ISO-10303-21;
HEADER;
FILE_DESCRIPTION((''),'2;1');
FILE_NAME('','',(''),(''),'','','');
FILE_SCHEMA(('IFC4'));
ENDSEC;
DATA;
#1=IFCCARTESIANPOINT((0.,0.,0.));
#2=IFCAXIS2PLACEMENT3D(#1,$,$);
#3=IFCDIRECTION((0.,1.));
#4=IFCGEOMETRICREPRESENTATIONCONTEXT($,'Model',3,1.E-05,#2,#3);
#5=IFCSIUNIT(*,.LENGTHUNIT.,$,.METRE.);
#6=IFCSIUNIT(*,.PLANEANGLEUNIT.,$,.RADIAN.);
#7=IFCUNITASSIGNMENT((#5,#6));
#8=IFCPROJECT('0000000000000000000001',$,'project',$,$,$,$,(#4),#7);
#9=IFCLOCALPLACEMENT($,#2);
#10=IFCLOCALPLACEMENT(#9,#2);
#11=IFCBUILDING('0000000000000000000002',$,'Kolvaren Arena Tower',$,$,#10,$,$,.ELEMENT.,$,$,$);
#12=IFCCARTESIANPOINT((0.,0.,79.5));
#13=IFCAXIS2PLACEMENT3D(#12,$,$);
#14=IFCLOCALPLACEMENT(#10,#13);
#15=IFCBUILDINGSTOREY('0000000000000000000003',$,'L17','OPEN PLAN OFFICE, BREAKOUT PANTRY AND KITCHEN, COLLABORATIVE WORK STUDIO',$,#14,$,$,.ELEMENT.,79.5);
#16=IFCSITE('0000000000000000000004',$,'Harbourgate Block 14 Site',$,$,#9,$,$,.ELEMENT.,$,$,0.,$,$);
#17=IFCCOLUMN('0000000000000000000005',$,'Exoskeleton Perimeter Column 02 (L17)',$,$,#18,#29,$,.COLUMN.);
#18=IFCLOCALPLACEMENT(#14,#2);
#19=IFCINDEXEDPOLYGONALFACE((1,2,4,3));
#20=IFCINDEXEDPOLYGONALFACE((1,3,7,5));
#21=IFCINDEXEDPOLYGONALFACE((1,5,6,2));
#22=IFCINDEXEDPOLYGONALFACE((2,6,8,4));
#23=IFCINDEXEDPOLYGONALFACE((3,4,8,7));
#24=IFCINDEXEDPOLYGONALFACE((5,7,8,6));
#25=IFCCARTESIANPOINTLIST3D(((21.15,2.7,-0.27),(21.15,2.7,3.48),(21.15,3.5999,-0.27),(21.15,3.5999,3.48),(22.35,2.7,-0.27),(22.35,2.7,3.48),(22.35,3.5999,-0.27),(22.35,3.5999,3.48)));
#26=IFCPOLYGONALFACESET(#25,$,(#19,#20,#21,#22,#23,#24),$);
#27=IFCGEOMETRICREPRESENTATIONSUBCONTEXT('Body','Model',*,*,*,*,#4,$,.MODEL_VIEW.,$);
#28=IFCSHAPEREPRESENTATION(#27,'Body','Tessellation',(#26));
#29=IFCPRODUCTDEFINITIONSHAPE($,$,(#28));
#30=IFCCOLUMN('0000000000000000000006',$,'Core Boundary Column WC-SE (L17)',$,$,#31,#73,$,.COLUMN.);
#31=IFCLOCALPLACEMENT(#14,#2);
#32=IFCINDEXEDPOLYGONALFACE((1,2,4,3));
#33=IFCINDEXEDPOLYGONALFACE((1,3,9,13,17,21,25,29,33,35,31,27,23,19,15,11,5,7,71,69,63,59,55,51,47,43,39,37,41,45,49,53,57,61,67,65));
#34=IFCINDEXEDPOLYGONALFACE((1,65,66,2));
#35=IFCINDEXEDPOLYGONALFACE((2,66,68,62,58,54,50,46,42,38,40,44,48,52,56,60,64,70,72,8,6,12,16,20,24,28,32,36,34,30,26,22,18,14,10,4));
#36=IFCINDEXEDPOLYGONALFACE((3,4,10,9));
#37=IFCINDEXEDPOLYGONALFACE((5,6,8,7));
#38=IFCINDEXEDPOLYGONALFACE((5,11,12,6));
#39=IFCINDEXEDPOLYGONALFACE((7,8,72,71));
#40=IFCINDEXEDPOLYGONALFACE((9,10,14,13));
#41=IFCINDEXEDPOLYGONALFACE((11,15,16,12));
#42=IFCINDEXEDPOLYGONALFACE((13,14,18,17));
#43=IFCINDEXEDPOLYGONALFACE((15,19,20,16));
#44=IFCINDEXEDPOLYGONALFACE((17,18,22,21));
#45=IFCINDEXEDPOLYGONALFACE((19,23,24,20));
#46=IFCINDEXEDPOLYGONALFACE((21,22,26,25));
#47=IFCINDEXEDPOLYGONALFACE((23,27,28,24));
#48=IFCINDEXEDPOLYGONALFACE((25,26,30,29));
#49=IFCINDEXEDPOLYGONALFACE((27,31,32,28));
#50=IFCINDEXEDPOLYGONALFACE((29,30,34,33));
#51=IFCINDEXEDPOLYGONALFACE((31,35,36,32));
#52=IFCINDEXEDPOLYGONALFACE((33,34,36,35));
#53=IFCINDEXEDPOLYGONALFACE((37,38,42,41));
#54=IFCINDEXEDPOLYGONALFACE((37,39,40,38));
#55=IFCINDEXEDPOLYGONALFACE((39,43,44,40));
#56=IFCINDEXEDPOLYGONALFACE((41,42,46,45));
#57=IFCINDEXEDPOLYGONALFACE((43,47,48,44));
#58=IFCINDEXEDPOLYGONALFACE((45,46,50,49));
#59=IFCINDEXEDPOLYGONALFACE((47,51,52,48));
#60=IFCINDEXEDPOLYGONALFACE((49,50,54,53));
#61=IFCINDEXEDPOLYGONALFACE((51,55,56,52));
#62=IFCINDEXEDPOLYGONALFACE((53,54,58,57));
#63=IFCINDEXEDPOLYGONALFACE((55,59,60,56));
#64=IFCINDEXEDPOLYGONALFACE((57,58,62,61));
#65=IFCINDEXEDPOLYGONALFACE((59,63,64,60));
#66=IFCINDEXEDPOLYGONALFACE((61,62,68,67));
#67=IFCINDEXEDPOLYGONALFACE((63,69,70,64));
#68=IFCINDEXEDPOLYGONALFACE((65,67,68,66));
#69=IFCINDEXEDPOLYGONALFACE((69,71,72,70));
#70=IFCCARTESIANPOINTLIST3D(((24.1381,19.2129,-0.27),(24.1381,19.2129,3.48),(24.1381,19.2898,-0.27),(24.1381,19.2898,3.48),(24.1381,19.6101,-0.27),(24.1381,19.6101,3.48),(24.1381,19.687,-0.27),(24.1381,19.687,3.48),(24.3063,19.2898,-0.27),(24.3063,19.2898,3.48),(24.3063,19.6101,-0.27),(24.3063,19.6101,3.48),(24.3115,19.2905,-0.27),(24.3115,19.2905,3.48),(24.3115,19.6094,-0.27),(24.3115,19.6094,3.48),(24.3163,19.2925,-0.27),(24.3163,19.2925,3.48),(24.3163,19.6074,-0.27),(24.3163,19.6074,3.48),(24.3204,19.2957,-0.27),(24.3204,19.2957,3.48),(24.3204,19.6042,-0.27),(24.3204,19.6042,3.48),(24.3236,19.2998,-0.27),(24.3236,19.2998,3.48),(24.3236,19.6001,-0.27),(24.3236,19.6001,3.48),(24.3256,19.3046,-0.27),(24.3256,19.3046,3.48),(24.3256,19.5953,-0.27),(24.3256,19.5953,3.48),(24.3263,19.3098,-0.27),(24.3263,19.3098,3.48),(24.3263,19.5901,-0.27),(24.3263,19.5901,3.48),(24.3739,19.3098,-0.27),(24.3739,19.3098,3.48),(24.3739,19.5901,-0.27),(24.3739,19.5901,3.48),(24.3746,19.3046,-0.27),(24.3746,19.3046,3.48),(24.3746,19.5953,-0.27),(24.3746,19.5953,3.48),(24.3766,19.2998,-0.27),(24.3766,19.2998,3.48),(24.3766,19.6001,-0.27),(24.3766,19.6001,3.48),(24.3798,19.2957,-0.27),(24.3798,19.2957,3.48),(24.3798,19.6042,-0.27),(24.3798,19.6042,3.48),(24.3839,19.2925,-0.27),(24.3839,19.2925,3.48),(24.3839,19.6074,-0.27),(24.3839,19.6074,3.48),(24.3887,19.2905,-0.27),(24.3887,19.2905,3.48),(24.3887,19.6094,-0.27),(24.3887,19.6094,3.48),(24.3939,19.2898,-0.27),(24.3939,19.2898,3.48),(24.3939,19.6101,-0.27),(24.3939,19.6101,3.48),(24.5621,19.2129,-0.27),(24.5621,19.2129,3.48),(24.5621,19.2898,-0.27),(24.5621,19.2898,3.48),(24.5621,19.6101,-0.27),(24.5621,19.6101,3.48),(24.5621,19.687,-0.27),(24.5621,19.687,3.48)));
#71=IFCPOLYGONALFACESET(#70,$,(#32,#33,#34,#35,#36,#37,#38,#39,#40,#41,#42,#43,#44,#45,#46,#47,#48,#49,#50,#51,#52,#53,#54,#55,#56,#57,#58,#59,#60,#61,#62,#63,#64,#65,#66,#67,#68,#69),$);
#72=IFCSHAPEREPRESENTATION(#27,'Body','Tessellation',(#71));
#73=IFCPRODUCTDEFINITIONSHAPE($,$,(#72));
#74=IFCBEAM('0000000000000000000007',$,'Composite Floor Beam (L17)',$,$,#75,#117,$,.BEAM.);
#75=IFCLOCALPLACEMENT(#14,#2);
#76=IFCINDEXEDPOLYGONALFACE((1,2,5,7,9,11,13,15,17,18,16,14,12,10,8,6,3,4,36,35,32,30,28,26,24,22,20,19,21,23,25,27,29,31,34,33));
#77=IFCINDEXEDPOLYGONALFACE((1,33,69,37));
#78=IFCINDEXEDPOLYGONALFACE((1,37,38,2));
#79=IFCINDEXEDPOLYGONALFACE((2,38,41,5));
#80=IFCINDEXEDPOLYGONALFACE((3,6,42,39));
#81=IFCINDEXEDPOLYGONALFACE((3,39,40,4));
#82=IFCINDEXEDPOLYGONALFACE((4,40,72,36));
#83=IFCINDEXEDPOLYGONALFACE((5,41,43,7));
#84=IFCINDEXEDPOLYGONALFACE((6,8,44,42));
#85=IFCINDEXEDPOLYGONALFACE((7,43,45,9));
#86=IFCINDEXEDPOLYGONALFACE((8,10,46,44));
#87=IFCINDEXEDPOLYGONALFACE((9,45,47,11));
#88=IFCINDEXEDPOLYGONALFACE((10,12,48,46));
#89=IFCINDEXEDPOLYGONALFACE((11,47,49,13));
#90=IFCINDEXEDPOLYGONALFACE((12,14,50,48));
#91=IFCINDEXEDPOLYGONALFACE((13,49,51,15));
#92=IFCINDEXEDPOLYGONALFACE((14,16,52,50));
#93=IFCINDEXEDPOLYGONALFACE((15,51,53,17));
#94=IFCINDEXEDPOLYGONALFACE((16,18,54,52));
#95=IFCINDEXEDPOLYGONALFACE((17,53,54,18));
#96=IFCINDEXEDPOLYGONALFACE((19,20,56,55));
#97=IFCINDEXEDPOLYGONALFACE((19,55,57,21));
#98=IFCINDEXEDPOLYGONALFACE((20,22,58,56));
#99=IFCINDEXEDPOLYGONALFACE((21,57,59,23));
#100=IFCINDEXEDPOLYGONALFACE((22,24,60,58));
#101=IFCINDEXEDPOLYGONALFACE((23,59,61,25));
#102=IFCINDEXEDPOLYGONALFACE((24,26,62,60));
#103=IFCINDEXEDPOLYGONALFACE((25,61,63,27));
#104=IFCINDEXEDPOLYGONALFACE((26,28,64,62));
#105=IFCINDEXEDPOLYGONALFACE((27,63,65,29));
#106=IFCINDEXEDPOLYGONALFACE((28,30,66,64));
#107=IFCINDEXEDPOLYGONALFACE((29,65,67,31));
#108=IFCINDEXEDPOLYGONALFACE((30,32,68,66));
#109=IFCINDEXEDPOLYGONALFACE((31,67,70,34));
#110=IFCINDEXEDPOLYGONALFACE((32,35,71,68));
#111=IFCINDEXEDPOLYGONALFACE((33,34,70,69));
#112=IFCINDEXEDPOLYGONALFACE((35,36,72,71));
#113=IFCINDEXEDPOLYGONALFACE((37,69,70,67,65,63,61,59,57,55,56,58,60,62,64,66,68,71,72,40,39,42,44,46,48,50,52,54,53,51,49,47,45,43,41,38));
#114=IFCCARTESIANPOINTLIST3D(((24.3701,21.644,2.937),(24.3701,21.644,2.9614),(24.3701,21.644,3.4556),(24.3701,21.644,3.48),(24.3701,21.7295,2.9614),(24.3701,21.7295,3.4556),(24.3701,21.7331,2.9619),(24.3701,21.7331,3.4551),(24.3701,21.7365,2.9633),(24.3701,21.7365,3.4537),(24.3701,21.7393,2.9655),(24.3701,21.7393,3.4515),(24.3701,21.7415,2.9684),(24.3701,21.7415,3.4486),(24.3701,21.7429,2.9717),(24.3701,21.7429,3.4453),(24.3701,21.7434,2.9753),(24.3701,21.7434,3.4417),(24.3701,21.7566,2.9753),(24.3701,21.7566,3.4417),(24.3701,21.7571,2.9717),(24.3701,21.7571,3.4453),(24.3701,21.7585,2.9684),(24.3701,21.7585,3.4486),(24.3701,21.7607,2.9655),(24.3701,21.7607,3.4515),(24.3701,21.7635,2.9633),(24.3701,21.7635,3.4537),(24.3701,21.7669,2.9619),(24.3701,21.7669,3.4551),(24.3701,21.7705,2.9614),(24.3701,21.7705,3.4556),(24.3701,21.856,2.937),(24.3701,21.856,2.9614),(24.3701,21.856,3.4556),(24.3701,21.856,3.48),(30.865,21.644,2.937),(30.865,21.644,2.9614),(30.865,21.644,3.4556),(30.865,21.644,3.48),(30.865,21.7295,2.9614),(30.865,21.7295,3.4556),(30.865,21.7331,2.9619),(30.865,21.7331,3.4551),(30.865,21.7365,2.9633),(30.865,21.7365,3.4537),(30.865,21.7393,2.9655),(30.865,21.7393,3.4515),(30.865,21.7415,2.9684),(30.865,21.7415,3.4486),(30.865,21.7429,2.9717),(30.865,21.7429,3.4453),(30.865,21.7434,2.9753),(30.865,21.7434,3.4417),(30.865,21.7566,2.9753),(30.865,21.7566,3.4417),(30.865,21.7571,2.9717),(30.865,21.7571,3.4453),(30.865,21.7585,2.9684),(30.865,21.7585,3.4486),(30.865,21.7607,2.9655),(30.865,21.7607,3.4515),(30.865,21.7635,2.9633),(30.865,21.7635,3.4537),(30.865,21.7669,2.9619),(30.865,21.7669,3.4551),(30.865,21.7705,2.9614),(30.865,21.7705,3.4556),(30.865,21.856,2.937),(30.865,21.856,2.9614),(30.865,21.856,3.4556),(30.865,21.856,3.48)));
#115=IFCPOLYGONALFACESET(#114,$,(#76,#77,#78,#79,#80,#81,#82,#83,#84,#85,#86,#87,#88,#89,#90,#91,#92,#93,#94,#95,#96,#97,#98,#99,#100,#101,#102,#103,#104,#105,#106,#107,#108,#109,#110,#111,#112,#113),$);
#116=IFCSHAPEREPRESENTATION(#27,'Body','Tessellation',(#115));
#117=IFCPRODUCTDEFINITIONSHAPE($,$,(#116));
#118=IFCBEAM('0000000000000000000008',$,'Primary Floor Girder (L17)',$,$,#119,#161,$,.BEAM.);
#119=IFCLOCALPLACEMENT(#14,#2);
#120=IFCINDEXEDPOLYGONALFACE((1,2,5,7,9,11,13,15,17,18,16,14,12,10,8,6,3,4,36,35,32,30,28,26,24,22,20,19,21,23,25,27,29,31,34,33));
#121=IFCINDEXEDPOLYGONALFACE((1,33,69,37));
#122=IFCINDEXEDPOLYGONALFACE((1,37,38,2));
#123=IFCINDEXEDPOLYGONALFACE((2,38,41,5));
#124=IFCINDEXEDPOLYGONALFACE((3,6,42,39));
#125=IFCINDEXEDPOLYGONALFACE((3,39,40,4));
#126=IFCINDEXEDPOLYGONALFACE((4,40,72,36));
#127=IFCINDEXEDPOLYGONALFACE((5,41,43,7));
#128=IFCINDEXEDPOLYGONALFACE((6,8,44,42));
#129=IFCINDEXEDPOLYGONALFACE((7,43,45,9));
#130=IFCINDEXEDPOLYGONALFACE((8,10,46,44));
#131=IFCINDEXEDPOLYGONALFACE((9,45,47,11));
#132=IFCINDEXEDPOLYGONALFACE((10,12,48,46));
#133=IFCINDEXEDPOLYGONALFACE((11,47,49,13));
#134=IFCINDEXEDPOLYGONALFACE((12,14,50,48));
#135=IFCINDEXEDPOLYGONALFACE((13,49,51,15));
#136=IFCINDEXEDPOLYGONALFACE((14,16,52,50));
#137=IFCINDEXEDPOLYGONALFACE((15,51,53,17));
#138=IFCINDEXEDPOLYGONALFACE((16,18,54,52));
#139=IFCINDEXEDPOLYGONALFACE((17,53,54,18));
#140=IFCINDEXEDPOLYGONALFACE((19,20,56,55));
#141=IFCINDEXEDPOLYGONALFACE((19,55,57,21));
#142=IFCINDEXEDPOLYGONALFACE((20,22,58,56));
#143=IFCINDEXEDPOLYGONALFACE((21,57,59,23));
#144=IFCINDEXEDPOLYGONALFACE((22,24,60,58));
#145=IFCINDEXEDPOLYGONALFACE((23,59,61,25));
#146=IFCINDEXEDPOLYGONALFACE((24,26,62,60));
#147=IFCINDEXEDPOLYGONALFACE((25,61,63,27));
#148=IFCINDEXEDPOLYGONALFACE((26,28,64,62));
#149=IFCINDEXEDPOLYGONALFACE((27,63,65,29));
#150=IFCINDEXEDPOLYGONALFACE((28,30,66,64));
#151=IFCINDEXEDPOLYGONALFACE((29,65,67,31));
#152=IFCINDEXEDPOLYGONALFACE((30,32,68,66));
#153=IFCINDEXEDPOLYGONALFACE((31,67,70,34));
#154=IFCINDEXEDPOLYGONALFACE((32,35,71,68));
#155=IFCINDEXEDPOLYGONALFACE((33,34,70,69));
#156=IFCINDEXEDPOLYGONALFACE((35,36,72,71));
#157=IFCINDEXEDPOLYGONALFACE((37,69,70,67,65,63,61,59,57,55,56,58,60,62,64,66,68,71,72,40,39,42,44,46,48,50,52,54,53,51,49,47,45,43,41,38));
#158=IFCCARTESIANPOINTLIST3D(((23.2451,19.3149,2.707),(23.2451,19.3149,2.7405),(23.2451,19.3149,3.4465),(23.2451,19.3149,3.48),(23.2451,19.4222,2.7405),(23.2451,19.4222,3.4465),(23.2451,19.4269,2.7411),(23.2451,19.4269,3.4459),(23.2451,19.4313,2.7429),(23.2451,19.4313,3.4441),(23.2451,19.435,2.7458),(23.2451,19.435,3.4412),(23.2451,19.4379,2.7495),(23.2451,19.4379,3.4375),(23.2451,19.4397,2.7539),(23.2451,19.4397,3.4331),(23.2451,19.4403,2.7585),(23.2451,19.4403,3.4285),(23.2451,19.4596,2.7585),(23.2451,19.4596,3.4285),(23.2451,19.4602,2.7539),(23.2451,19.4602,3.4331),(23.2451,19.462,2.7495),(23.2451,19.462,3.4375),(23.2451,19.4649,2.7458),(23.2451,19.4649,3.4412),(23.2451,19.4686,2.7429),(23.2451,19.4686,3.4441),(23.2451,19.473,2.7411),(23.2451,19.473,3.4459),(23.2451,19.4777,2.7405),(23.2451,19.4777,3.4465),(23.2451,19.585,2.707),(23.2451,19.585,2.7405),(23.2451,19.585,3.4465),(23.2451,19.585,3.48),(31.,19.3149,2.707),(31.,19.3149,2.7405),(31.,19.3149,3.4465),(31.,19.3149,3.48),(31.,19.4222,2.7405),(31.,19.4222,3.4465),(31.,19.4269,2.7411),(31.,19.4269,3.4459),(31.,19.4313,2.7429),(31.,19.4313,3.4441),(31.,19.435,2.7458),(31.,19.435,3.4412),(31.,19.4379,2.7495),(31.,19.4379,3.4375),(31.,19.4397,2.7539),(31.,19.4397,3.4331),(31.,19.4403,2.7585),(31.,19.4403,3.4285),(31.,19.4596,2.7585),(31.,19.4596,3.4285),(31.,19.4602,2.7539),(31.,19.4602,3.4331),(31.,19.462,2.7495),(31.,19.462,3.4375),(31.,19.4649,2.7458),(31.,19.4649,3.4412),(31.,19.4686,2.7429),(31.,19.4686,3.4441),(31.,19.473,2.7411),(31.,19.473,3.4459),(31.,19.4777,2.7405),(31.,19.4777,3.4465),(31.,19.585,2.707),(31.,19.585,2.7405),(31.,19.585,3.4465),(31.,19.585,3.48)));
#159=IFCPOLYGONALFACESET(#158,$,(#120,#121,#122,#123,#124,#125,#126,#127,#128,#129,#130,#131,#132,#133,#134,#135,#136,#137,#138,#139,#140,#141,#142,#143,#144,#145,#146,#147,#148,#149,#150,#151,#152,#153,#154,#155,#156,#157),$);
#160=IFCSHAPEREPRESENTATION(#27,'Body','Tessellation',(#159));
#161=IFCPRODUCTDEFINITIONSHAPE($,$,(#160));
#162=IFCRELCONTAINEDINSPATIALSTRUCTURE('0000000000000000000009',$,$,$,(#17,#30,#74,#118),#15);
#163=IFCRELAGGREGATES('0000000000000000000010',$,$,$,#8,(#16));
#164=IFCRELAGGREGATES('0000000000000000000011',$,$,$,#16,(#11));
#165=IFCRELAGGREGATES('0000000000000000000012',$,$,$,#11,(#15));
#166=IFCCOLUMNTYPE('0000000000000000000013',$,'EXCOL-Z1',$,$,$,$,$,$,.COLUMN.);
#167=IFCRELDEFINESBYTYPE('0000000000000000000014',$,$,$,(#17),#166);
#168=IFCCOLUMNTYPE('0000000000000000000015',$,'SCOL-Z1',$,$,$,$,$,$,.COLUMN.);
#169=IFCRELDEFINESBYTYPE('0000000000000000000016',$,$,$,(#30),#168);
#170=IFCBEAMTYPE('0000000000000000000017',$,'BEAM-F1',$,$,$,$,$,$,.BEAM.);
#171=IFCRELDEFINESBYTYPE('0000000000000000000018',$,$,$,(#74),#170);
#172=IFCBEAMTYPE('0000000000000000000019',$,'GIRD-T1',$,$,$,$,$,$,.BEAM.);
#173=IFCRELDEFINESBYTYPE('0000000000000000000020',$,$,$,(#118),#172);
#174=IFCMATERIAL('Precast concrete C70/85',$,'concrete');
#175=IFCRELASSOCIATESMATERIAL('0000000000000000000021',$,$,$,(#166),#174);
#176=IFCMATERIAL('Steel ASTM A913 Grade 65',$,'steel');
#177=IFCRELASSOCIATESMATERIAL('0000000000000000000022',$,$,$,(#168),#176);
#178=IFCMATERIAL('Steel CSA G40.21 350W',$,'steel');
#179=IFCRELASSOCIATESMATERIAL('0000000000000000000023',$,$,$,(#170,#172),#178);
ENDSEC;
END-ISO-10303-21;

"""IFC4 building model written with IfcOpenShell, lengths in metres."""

from ifc_helpers import new_model, si_unit, direction, frame, origin, origin_2d, place, context, subcontext, project, spatial, rectangle, i_section, extrude, material, material_profile, profile_set, type_object, element, save


model = new_model("IFC4")

# Units and contexts
model_context = context("Model", 3, precision=1e-05, world=origin(), true_north=direction((0.0, 1.0)))
body_context = subcontext(model_context, "Body", "Model", "MODEL_VIEW")
ifc_project = project(units=[si_unit("LENGTHUNIT", "METRE"), si_unit("PLANEANGLEUNIT", "RADIAN")], contexts=[model_context])

# Site, building, storey
site_placement = place(None, origin())
site = spatial("IfcSite", under=ifc_project, at=site_placement, Name="Harbourgate Block 14 Site", CompositionType="ELEMENT", RefElevation=0.0)
building_placement = place(site_placement, origin())
building = spatial("IfcBuilding", under=site, at=building_placement, Name="Kolvaren Arena Tower", CompositionType="ELEMENT")
storey_placement = place(building_placement, frame((0.0, 0.0, 79.5)))
storey = spatial("IfcBuildingStorey", under=building, at=storey_placement, Name="L17", Description="OPEN PLAN OFFICE, BREAKOUT PANTRY AND KITCHEN, COLLABORATIVE WORK STUDIO", CompositionType="ELEMENT", Elevation=79.5)

# Columns
ifc_material_1 = material(Name="Precast concrete C70/85", Category="concrete")
ifc_material_profile_1 = material_profile(ifc_material_1, rectangle(XDim=1.2, YDim=0.8999, at=origin_2d()), Name="RC-1200x900")
ifc_profile_set_1 = profile_set([ifc_material_profile_1], Name="Precast concrete C70/85")
column_type_1 = type_object("IfcColumnType", Name="EXCOL-Z1", PredefinedType="COLUMN", material=ifc_profile_set_1)
column_1_placement = place(storey_placement, frame((21.75, 3.1499, -0.27), z_axis=(0.0, 0.0, 1.0), x_axis=(1.0, 0.0, 0.0)))
element("IfcColumn", 1, at=column_1_placement, inside=storey, type_object=column_type_1, Name="Exoskeleton Perimeter Column 02 (L17)", PredefinedType="COLUMN", context=body_context, shape_type="SweptSolid", body=[
    extrude(rectangle(XDim=1.2, YDim=0.8999, at=origin_2d()), origin(), (0.0, 0.0, 1.0), 3.75),
])
ifc_material_2 = material(Name="Steel ASTM A913 Grade 65", Category="steel")
ifc_material_profile_2 = material_profile(ifc_material_2, i_section(OverallWidth=0.4241, OverallDepth=0.4741, WebThickness=0.0476, FlangeThickness=0.0769, FilletRadius=0.02, at=origin_2d()), Name="W360x634")
ifc_profile_set_2 = profile_set([ifc_material_profile_2], Name="Steel ASTM A913 Grade 65")
column_type_2 = type_object("IfcColumnType", Name="SCOL-Z1", PredefinedType="COLUMN", material=ifc_profile_set_2)
column_2_placement = place(storey_placement, frame((24.3501, 19.45, -0.27), z_axis=(0.0, 0.0, 1.0), x_axis=(1.0, 0.0, 0.0)))
element("IfcColumn", 2, at=column_2_placement, inside=storey, type_object=column_type_2, Name="Core Boundary Column WC-SE (L17)", PredefinedType="COLUMN", context=body_context, shape_type="SweptSolid", body=[
    extrude(i_section(OverallWidth=0.4241, OverallDepth=0.4741, WebThickness=0.0476, FlangeThickness=0.0769, FilletRadius=0.02, at=origin_2d()), origin(), (0.0, 0.0, 1.0), 3.75),
])

# Beams
ifc_material_3 = material(Name="Steel CSA G40.21 350W", Category="steel")
ifc_material_profile_3 = material_profile(ifc_material_3, i_section(OverallWidth=0.2119, OverallDepth=0.543, WebThickness=0.0132, FlangeThickness=0.0244, FilletRadius=0.0139, at=origin_2d()), Name="W530x150")
ifc_profile_set_3 = profile_set([ifc_material_profile_3], Name="Steel CSA G40.21 350W")
beam_type_1 = type_object("IfcBeamType", Name="BEAM-F1", PredefinedType="BEAM", material=ifc_profile_set_3)
beam_1_placement = place(storey_placement, frame((24.3701, 21.75, 3.2085), z_axis=(1.0, 0.0, 0.0), x_axis=(0.0, 1.0, 0.0)))
element("IfcBeam", 3, at=beam_1_placement, inside=storey, type_object=beam_type_1, Name="Composite Floor Beam (L17)", PredefinedType="BEAM", context=body_context, shape_type="SweptSolid", body=[
    extrude(i_section(OverallWidth=0.2119, OverallDepth=0.543, WebThickness=0.0132, FlangeThickness=0.0244, FilletRadius=0.0139, at=origin_2d()), origin(), (0.0, 0.0, 1.0), 6.4949),
])
ifc_material_profile_4 = material_profile(ifc_material_3, i_section(OverallWidth=0.27, OverallDepth=0.7729, WebThickness=0.0193, FlangeThickness=0.0334, FilletRadius=0.0181, at=origin_2d()), Name="W760x257")
ifc_profile_set_4 = profile_set([ifc_material_profile_4], Name="Steel CSA G40.21 350W")
beam_type_2 = type_object("IfcBeamType", Name="GIRD-T1", PredefinedType="BEAM", material=ifc_profile_set_4)
beam_2_placement = place(storey_placement, frame((23.2451, 19.45, 3.0935), z_axis=(1.0, 0.0, 0.0), x_axis=(0.0, 1.0, 0.0)))
element("IfcBeam", 4, at=beam_2_placement, inside=storey, type_object=beam_type_2, Name="Primary Floor Girder (L17)", PredefinedType="BEAM", context=body_context, shape_type="SweptSolid", body=[
    extrude(i_section(OverallWidth=0.27, OverallDepth=0.7729, WebThickness=0.0193, FlangeThickness=0.0334, FilletRadius=0.0181, at=origin_2d()), origin(), (0.0, 0.0, 1.0), 7.7549),
])

save(model, "model.ifc")
